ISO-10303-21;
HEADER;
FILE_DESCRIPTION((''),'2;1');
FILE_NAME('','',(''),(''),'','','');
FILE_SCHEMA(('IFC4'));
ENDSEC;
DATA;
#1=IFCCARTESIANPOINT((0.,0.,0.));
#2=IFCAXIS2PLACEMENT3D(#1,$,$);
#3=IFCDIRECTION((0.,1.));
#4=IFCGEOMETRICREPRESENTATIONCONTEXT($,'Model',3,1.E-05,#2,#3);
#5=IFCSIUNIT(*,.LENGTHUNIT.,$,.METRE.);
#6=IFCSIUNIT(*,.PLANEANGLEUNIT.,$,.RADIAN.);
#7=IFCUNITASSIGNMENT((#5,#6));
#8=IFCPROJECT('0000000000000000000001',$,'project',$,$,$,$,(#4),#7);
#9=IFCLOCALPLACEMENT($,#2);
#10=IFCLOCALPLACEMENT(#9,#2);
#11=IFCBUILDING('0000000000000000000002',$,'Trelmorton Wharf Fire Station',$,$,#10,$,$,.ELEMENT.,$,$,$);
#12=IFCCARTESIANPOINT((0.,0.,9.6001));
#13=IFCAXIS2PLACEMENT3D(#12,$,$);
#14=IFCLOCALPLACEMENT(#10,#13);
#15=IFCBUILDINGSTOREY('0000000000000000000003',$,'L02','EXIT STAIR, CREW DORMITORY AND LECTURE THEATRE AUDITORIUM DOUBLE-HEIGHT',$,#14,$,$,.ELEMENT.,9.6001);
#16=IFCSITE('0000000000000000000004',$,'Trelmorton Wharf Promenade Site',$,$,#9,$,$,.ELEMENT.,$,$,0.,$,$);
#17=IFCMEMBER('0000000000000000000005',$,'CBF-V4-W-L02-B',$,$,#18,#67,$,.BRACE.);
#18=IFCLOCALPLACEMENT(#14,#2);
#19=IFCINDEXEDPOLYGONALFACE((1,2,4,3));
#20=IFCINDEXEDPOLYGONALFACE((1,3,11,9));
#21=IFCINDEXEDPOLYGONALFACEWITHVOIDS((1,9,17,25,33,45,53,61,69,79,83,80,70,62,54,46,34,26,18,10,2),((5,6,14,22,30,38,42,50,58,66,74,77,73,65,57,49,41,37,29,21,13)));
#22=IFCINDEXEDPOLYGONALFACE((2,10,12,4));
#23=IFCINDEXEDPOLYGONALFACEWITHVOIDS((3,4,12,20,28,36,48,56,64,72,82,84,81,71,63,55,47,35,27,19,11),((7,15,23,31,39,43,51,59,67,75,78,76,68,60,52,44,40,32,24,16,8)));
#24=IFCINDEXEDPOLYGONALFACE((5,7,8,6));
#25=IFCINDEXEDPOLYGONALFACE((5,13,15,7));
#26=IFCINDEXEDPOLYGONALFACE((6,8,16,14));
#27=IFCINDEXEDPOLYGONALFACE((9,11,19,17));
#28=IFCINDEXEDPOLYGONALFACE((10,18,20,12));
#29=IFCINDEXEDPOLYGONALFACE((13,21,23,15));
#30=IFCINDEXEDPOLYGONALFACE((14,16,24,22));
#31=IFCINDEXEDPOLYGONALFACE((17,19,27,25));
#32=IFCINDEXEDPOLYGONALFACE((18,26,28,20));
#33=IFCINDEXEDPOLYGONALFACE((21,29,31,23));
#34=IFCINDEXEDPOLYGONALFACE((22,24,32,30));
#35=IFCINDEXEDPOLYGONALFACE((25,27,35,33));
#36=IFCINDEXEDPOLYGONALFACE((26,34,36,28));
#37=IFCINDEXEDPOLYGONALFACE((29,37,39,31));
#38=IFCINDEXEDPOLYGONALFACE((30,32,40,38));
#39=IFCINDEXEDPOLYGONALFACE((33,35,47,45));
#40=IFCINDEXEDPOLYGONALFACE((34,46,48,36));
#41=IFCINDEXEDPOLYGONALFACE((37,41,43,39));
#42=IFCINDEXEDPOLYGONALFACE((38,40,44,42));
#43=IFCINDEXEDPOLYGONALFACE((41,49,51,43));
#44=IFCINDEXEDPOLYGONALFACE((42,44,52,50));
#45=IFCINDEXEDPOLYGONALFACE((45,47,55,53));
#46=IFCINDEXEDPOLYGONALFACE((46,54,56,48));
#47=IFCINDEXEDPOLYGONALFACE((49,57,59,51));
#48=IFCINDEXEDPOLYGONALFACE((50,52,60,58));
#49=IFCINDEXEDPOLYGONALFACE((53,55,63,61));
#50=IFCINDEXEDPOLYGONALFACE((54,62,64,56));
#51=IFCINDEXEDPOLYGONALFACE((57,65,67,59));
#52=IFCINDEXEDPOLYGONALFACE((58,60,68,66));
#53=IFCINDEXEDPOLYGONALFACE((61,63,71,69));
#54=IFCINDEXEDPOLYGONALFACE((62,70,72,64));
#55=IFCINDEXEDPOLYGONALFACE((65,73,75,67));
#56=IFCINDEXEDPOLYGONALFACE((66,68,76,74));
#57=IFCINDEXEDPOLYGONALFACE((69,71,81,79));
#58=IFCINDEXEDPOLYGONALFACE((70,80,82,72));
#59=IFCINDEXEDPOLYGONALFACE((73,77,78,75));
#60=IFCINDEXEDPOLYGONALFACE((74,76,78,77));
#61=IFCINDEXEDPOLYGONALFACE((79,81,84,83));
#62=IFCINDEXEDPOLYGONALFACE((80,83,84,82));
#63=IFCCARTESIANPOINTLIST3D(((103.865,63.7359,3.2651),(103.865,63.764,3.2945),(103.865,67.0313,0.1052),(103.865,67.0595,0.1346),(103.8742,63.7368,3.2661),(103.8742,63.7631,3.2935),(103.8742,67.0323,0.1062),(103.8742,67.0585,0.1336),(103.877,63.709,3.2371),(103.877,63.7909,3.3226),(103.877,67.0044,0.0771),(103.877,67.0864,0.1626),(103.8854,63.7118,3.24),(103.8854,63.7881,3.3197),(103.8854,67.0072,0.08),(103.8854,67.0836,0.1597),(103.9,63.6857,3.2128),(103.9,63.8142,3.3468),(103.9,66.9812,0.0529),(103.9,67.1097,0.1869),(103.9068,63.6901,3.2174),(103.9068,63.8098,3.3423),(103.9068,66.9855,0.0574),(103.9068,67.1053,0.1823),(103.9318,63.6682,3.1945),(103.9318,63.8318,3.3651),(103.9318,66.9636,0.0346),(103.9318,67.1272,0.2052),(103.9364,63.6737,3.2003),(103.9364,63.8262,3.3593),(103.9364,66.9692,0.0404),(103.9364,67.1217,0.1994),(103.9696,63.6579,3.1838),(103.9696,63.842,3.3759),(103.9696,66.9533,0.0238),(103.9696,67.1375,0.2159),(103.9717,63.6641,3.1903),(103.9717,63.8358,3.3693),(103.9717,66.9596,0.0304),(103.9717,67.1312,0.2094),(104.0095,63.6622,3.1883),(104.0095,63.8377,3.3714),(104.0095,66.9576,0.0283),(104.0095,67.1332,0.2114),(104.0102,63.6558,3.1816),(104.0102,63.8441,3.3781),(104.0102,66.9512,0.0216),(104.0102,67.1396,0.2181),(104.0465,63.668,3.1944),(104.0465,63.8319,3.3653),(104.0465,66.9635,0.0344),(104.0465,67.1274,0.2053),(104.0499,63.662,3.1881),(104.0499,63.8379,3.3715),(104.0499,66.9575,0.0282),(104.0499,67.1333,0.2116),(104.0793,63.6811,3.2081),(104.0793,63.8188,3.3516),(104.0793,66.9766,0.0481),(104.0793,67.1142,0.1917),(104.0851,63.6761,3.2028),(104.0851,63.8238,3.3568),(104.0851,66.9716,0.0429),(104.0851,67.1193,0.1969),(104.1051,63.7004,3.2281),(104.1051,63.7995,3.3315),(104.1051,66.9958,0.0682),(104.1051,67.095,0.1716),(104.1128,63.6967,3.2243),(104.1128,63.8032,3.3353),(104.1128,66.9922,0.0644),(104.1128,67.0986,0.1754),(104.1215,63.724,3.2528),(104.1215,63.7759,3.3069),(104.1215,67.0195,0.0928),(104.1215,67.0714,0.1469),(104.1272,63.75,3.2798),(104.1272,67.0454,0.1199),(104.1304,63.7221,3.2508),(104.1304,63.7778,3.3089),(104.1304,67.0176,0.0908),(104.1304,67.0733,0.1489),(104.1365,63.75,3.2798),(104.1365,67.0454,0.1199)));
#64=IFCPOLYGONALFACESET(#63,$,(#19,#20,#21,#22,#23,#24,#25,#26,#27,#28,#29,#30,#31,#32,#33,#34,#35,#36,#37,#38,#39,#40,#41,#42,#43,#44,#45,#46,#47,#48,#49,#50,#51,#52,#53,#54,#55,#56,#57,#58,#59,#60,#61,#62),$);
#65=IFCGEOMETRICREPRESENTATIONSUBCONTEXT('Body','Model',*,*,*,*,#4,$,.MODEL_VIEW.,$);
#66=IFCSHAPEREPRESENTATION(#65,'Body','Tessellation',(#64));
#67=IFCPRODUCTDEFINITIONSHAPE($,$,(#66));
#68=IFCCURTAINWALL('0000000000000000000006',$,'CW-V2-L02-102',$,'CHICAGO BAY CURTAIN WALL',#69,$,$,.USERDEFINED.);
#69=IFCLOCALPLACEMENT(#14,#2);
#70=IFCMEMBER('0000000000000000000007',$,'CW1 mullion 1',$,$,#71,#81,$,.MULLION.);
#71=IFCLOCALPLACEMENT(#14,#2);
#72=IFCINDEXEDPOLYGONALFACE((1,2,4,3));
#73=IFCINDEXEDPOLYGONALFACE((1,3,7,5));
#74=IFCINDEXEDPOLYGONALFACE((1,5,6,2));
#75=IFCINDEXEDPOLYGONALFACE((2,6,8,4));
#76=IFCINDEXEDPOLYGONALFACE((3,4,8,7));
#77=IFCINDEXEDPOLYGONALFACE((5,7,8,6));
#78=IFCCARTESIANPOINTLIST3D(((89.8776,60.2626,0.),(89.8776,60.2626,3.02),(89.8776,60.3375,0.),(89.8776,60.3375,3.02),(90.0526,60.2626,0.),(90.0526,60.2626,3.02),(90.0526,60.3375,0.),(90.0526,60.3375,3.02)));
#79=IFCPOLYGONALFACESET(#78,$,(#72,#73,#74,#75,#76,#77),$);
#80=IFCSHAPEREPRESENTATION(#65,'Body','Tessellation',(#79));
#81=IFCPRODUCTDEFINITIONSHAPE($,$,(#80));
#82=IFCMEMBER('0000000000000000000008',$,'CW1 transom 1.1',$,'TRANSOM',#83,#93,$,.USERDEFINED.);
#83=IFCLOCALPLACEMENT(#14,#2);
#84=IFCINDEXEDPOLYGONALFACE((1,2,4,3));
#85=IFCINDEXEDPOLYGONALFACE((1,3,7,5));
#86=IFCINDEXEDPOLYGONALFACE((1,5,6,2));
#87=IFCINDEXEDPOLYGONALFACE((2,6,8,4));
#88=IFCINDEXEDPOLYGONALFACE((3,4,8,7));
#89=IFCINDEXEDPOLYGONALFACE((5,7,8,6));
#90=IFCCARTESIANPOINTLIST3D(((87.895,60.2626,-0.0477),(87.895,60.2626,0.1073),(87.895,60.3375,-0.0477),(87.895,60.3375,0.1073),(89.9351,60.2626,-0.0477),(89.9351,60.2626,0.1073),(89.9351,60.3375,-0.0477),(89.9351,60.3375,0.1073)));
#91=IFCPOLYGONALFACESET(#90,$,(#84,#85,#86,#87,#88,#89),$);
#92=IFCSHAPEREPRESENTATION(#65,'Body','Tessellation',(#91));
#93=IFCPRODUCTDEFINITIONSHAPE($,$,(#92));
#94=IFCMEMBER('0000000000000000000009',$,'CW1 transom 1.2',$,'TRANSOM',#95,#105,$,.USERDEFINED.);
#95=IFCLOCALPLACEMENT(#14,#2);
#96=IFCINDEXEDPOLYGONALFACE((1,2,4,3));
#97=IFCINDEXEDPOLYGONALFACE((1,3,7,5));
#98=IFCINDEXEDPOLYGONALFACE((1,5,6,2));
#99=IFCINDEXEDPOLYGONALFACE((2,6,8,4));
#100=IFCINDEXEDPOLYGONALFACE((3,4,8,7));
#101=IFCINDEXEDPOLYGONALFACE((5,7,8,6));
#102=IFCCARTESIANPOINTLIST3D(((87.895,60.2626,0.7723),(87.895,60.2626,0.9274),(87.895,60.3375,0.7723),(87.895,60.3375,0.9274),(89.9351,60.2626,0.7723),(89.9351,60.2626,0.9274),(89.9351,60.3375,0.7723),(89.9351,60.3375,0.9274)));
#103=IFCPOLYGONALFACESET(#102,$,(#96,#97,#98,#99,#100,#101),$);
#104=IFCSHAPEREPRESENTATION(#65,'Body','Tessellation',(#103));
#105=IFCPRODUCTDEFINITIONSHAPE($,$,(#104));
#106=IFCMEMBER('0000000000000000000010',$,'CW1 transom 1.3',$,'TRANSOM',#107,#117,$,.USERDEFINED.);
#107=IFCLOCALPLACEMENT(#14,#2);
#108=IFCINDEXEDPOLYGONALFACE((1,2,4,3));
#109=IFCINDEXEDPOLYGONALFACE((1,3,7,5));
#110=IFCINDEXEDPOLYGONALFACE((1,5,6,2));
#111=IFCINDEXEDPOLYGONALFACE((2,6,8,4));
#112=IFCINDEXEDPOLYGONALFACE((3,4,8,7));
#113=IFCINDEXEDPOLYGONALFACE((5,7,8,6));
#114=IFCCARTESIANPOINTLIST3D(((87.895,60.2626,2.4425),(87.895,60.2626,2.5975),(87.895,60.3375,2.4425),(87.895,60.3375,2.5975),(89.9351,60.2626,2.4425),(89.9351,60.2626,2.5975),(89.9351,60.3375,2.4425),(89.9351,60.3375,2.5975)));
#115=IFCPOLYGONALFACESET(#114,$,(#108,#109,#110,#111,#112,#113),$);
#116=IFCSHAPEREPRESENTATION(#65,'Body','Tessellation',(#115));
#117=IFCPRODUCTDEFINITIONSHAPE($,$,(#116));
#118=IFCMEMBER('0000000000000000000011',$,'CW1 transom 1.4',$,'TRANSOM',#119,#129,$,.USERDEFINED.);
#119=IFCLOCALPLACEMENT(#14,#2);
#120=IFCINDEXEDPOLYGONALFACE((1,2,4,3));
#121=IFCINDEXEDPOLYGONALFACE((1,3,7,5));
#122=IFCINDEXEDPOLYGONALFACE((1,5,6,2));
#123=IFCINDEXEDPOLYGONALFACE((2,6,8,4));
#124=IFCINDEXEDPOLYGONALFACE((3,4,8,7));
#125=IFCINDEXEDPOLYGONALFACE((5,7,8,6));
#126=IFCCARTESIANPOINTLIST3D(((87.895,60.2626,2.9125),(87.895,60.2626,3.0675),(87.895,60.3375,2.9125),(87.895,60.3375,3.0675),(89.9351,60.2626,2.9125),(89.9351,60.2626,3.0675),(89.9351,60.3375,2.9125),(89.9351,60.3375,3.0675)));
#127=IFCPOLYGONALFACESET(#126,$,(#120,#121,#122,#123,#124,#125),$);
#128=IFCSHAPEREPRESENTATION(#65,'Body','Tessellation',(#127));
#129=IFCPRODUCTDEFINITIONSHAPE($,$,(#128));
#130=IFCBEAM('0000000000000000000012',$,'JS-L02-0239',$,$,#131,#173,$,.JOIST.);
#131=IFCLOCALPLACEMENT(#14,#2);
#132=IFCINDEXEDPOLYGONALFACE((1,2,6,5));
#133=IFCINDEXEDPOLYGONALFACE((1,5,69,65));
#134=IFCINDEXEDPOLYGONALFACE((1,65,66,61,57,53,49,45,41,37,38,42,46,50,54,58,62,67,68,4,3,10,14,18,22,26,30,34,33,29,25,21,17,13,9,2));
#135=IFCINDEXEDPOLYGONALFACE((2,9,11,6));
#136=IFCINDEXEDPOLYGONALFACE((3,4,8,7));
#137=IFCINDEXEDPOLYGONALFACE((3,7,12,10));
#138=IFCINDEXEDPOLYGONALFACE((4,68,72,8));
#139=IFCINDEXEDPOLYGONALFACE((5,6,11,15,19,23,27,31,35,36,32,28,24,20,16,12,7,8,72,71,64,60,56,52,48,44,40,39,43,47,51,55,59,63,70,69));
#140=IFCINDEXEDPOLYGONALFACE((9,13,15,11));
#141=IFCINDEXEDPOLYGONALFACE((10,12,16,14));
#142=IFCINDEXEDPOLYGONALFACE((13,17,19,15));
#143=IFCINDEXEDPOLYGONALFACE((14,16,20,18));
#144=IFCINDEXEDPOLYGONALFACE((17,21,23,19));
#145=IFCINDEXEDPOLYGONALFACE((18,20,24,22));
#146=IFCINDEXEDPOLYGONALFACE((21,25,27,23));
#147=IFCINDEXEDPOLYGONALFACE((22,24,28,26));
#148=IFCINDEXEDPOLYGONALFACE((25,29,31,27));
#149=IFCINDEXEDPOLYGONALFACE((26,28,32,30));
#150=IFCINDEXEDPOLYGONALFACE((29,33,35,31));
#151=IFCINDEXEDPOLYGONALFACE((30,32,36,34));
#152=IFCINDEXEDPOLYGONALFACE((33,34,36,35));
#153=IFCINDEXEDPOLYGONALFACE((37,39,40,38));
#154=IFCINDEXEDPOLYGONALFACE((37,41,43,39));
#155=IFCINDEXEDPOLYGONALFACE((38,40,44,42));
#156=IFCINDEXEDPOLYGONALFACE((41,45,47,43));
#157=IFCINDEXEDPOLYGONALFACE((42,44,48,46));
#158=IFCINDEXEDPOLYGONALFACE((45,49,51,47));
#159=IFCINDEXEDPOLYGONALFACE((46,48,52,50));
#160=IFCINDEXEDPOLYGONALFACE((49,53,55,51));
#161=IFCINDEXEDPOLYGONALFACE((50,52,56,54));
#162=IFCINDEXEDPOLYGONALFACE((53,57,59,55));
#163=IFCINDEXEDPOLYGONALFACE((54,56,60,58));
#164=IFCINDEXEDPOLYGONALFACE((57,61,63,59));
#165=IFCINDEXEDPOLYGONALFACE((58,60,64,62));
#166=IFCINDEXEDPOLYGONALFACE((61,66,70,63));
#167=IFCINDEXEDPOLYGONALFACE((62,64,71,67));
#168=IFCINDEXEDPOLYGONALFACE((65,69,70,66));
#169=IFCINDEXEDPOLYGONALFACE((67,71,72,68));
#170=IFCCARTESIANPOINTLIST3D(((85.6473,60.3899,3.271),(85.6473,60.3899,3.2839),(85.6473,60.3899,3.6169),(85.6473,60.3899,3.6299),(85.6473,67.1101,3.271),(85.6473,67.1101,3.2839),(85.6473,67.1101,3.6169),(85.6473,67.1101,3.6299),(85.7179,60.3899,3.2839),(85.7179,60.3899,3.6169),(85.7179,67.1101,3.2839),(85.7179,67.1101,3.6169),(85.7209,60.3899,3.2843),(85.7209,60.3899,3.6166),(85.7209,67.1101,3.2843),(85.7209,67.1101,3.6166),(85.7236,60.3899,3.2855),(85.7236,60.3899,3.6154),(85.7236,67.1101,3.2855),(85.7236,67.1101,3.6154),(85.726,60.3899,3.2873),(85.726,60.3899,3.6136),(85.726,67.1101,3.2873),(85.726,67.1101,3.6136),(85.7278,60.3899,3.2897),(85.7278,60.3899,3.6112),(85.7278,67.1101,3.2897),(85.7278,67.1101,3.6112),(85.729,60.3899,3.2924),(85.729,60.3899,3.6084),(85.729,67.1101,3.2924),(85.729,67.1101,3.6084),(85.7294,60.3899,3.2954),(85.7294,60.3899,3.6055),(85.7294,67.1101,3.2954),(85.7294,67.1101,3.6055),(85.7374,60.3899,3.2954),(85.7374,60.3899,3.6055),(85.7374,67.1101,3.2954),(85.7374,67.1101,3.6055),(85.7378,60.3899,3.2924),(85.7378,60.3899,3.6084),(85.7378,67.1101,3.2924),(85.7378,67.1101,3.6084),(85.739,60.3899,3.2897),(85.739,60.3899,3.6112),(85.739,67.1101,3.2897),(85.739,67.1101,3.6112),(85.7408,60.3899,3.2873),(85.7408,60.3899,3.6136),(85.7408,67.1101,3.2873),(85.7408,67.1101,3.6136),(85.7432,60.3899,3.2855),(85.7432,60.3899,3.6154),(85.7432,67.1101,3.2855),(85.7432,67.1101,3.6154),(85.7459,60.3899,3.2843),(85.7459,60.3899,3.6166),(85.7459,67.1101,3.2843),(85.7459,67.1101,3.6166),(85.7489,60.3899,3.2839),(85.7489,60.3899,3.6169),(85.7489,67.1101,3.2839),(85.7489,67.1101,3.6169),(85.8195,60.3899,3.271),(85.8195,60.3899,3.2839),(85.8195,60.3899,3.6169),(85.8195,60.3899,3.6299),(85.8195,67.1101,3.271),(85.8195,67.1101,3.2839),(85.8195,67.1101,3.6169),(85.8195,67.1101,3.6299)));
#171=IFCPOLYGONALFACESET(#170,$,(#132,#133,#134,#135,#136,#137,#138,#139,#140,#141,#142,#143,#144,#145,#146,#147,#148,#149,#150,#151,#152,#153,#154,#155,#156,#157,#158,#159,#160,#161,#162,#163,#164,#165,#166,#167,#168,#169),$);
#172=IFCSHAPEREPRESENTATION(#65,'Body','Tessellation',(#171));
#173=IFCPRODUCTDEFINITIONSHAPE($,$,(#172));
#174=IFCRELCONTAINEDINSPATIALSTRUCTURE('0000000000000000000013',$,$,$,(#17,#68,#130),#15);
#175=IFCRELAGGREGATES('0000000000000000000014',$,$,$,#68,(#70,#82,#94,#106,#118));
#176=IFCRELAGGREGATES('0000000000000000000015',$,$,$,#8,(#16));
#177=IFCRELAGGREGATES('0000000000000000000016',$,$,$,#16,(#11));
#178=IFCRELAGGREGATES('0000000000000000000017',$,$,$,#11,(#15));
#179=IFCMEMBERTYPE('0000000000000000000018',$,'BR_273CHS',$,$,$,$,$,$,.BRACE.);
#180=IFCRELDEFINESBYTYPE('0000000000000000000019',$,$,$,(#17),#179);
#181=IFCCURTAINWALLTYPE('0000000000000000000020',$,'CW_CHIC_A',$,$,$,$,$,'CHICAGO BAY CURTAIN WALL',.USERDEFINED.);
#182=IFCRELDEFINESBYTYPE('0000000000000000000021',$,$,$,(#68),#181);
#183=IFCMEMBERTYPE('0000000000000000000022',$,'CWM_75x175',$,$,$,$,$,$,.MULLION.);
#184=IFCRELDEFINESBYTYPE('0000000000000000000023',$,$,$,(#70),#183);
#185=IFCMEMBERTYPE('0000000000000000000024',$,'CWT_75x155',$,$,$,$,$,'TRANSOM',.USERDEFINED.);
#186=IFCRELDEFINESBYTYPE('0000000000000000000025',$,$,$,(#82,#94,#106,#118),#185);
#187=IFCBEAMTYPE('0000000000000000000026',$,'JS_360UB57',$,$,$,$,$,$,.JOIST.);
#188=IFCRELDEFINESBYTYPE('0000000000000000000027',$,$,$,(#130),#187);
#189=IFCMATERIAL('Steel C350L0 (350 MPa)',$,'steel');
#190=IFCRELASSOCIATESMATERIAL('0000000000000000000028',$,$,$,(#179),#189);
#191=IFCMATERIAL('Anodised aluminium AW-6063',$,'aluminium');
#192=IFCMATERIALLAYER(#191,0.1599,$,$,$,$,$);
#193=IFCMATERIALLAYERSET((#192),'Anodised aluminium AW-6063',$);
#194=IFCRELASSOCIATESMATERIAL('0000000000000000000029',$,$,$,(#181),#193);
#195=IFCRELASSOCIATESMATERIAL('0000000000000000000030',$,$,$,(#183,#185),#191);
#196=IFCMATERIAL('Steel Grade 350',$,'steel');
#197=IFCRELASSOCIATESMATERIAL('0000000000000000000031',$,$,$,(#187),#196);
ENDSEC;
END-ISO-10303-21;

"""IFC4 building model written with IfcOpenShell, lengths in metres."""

from ifc_helpers import new_model, si_unit, direction, frame, origin, origin_2d, place, context, subcontext, project, spatial, rectangle, hollow_circle, i_section, extrude, material, layer, layer_set, material_profile, profile_set, type_object, element, aggregate, save


model = new_model("IFC4")

# Units and contexts
model_context = context("Model", 3, precision=1e-05, world=origin(), true_north=direction((0.0, 1.0)))
body_context = subcontext(model_context, "Body", "Model", "MODEL_VIEW")
ifc_project = project(units=[si_unit("LENGTHUNIT", "METRE"), si_unit("PLANEANGLEUNIT", "RADIAN")], contexts=[model_context])

# Site, building, storey
site_placement = place(None, origin())
site = spatial("IfcSite", under=ifc_project, at=site_placement, Name="Trelmorton Wharf Promenade Site", CompositionType="ELEMENT", RefElevation=0.0)
building_placement = place(site_placement, origin())
building = spatial("IfcBuilding", under=site, at=building_placement, Name="Trelmorton Wharf Fire Station", CompositionType="ELEMENT")
storey_placement = place(building_placement, frame((0.0, 0.0, 9.6001)))
storey = spatial("IfcBuildingStorey", under=building, at=storey_placement, Name="L02", Description="EXIT STAIR, CREW DORMITORY AND LECTURE THEATRE AUDITORIUM DOUBLE-HEIGHT", CompositionType="ELEMENT", Elevation=9.6001)

# Shared definitions
ifc_material_1 = material(Name="Steel Grade 350", Category="steel")

# Member
ifc_material_2 = material(Name="Steel C350L0 (350 MPa)", Category="steel")
ifc_material_profile_1 = material_profile(ifc_material_2, hollow_circle(Radius=0.1365, WallThickness=0.0093, at=origin_2d()), Name="273.1x9.3CHS")
ifc_profile_set_1 = profile_set([ifc_material_profile_1], Name="Steel C350L0 (350 MPa)")
member_type_1 = type_object("IfcMemberType", Name="BR_273CHS", PredefinedType="BRACE", material=ifc_profile_set_1)
for number, where, z_axis, x_axis, name in (
    (1, (104.0, 67.0454, 0.1199), (0.0, -0.72179, 0.692112), (1.0, 0.0, 0.0), "CBF-V4-W-L02-B"),
):
    element("IfcMember", number, at=place(storey_placement, frame(where, z_axis=z_axis, x_axis=x_axis)), inside=storey, type_object=member_type_1, Name=name, PredefinedType="BRACE", context=body_context, shape_type="SweptSolid", body=[
        extrude(hollow_circle(Radius=0.1365, WallThickness=0.0093, at=origin_2d()), origin(), (0.0, 0.0, 1.0), 4.5657),
    ])

# Curtain wall, members
ifc_material_3 = material(Name="Anodised aluminium AW-6063", Category="aluminium")
ifc_layer_1 = layer(ifc_material_3, 0.1599)
ifc_layer_set_1 = layer_set([ifc_layer_1], Name="Anodised aluminium AW-6063")
curtain_wall_type = type_object("IfcCurtainWallType", Name="CW_CHIC_A", ElementType="CHICAGO BAY CURTAIN WALL", PredefinedType="USERDEFINED", material=ifc_layer_set_1)
curtain_wall_placement = place(storey_placement, origin())
curtain_wall = element("IfcCurtainWall", 2, at=curtain_wall_placement, inside=storey, type_object=curtain_wall_type, Name="CW-V2-L02-102", ObjectType="CHICAGO BAY CURTAIN WALL", PredefinedType="USERDEFINED")
ifc_material_profile_2 = material_profile(ifc_material_3, rectangle(XDim=0.075, YDim=0.175, at=origin_2d()), Name="ALU-75x175")
ifc_profile_set_2 = profile_set([ifc_material_profile_2], Name="Anodised aluminium AW-6063")
member_type_2 = type_object("IfcMemberType", Name="CWM_75x175", PredefinedType="MULLION", material=ifc_profile_set_2)
member_1_placement = place(storey_placement, frame((89.9651, 60.3, 0.0), z_axis=(0.0, 0.0, 1.0), x_axis=(0.0, -1.0, 0.0)))
member_1 = element("IfcMember", 3, at=member_1_placement, type_object=member_type_2, Name="CW1 mullion 1", PredefinedType="MULLION", context=body_context, shape_type="SweptSolid", body=[
    extrude(rectangle(XDim=0.075, YDim=0.175, at=origin_2d()), origin(), (0.0, 0.0, 1.0), 3.02),
])
ifc_material_profile_3 = material_profile(ifc_material_3, rectangle(XDim=0.075, YDim=0.155, at=origin_2d()), Name="ALU-75x155")
ifc_profile_set_3 = profile_set([ifc_material_profile_3], Name="Anodised aluminium AW-6063")
member_type_3 = type_object("IfcMemberType", Name="CWT_75x155", ElementType="TRANSOM", PredefinedType="USERDEFINED", material=ifc_profile_set_3)
member_2_placement = place(storey_placement, frame((89.9351, 60.3, 0.0298), z_axis=(-1.0, 0.0, 0.0), x_axis=(0.0, -1.0, 0.0)))
member_2 = element("IfcMember", 4, at=member_2_placement, type_object=member_type_3, Name="CW1 transom 1.1", ObjectType="TRANSOM", PredefinedType="USERDEFINED", context=body_context, shape_type="SweptSolid", body=[
    extrude(rectangle(XDim=0.075, YDim=0.155, at=origin_2d()), origin(), (0.0, 0.0, 1.0), 2.04),
])
member_3_placement = place(storey_placement, frame((89.9351, 60.3, 0.8499), z_axis=(-1.0, 0.0, 0.0), x_axis=(0.0, -1.0, 0.0)))
member_3 = element("IfcMember", 5, at=member_3_placement, type_object=member_type_3, Name="CW1 transom 1.2", ObjectType="TRANSOM", PredefinedType="USERDEFINED", context=body_context, shape_type="SweptSolid", body=[
    extrude(rectangle(XDim=0.075, YDim=0.155, at=origin_2d()), origin(), (0.0, 0.0, 1.0), 2.04),
])
member_4_placement = place(storey_placement, frame((89.9351, 60.3, 2.52), z_axis=(-1.0, 0.0, 0.0), x_axis=(0.0, -1.0, 0.0)))
member_4 = element("IfcMember", 6, at=member_4_placement, type_object=member_type_3, Name="CW1 transom 1.3", ObjectType="TRANSOM", PredefinedType="USERDEFINED", context=body_context, shape_type="SweptSolid", body=[
    extrude(rectangle(XDim=0.075, YDim=0.155, at=origin_2d()), origin(), (0.0, 0.0, 1.0), 2.04),
])
member_5_placement = place(storey_placement, frame((89.9351, 60.3, 2.99), z_axis=(-1.0, 0.0, 0.0), x_axis=(0.0, -1.0, 0.0)))
member_5 = element("IfcMember", 7, at=member_5_placement, type_object=member_type_3, Name="CW1 transom 1.4", ObjectType="TRANSOM", PredefinedType="USERDEFINED", context=body_context, shape_type="SweptSolid", body=[
    extrude(rectangle(XDim=0.075, YDim=0.155, at=origin_2d()), origin(), (0.0, 0.0, 1.0), 2.04),
])

# Beam
ifc_material_profile_4 = material_profile(ifc_material_1, i_section(OverallWidth=0.1721, OverallDepth=0.3589, WebThickness=0.0081, FlangeThickness=0.0129, FilletRadius=0.0115, at=origin_2d()), Name="360UB56.7")
ifc_profile_set_4 = profile_set([ifc_material_profile_4], Name="Steel Grade 350")
beam_type_1 = type_object("IfcBeamType", Name="JS_360UB57", PredefinedType="JOIST", material=ifc_profile_set_4)
for number, where, z_axis, x_axis, name in (
    (8, (85.7334, 60.3899, 3.4504), (0.0, 1.0, 0.0), (-1.0, 0.0, 0.0), "JS-L02-0239"),
):
    element("IfcBeam", number, at=place(storey_placement, frame(where, z_axis=z_axis, x_axis=x_axis)), inside=storey, type_object=beam_type_1, Name=name, PredefinedType="JOIST", context=body_context, shape_type="SweptSolid", body=[
        extrude(i_section(OverallWidth=0.1721, OverallDepth=0.3589, WebThickness=0.0081, FlangeThickness=0.0129, FilletRadius=0.0115, at=origin_2d()), origin(), (0.0, 0.0, 1.0), 6.7202),
    ])

aggregate(curtain_wall, [member_1, member_2, member_3, member_4, member_5])

save(model, "model.ifc")
